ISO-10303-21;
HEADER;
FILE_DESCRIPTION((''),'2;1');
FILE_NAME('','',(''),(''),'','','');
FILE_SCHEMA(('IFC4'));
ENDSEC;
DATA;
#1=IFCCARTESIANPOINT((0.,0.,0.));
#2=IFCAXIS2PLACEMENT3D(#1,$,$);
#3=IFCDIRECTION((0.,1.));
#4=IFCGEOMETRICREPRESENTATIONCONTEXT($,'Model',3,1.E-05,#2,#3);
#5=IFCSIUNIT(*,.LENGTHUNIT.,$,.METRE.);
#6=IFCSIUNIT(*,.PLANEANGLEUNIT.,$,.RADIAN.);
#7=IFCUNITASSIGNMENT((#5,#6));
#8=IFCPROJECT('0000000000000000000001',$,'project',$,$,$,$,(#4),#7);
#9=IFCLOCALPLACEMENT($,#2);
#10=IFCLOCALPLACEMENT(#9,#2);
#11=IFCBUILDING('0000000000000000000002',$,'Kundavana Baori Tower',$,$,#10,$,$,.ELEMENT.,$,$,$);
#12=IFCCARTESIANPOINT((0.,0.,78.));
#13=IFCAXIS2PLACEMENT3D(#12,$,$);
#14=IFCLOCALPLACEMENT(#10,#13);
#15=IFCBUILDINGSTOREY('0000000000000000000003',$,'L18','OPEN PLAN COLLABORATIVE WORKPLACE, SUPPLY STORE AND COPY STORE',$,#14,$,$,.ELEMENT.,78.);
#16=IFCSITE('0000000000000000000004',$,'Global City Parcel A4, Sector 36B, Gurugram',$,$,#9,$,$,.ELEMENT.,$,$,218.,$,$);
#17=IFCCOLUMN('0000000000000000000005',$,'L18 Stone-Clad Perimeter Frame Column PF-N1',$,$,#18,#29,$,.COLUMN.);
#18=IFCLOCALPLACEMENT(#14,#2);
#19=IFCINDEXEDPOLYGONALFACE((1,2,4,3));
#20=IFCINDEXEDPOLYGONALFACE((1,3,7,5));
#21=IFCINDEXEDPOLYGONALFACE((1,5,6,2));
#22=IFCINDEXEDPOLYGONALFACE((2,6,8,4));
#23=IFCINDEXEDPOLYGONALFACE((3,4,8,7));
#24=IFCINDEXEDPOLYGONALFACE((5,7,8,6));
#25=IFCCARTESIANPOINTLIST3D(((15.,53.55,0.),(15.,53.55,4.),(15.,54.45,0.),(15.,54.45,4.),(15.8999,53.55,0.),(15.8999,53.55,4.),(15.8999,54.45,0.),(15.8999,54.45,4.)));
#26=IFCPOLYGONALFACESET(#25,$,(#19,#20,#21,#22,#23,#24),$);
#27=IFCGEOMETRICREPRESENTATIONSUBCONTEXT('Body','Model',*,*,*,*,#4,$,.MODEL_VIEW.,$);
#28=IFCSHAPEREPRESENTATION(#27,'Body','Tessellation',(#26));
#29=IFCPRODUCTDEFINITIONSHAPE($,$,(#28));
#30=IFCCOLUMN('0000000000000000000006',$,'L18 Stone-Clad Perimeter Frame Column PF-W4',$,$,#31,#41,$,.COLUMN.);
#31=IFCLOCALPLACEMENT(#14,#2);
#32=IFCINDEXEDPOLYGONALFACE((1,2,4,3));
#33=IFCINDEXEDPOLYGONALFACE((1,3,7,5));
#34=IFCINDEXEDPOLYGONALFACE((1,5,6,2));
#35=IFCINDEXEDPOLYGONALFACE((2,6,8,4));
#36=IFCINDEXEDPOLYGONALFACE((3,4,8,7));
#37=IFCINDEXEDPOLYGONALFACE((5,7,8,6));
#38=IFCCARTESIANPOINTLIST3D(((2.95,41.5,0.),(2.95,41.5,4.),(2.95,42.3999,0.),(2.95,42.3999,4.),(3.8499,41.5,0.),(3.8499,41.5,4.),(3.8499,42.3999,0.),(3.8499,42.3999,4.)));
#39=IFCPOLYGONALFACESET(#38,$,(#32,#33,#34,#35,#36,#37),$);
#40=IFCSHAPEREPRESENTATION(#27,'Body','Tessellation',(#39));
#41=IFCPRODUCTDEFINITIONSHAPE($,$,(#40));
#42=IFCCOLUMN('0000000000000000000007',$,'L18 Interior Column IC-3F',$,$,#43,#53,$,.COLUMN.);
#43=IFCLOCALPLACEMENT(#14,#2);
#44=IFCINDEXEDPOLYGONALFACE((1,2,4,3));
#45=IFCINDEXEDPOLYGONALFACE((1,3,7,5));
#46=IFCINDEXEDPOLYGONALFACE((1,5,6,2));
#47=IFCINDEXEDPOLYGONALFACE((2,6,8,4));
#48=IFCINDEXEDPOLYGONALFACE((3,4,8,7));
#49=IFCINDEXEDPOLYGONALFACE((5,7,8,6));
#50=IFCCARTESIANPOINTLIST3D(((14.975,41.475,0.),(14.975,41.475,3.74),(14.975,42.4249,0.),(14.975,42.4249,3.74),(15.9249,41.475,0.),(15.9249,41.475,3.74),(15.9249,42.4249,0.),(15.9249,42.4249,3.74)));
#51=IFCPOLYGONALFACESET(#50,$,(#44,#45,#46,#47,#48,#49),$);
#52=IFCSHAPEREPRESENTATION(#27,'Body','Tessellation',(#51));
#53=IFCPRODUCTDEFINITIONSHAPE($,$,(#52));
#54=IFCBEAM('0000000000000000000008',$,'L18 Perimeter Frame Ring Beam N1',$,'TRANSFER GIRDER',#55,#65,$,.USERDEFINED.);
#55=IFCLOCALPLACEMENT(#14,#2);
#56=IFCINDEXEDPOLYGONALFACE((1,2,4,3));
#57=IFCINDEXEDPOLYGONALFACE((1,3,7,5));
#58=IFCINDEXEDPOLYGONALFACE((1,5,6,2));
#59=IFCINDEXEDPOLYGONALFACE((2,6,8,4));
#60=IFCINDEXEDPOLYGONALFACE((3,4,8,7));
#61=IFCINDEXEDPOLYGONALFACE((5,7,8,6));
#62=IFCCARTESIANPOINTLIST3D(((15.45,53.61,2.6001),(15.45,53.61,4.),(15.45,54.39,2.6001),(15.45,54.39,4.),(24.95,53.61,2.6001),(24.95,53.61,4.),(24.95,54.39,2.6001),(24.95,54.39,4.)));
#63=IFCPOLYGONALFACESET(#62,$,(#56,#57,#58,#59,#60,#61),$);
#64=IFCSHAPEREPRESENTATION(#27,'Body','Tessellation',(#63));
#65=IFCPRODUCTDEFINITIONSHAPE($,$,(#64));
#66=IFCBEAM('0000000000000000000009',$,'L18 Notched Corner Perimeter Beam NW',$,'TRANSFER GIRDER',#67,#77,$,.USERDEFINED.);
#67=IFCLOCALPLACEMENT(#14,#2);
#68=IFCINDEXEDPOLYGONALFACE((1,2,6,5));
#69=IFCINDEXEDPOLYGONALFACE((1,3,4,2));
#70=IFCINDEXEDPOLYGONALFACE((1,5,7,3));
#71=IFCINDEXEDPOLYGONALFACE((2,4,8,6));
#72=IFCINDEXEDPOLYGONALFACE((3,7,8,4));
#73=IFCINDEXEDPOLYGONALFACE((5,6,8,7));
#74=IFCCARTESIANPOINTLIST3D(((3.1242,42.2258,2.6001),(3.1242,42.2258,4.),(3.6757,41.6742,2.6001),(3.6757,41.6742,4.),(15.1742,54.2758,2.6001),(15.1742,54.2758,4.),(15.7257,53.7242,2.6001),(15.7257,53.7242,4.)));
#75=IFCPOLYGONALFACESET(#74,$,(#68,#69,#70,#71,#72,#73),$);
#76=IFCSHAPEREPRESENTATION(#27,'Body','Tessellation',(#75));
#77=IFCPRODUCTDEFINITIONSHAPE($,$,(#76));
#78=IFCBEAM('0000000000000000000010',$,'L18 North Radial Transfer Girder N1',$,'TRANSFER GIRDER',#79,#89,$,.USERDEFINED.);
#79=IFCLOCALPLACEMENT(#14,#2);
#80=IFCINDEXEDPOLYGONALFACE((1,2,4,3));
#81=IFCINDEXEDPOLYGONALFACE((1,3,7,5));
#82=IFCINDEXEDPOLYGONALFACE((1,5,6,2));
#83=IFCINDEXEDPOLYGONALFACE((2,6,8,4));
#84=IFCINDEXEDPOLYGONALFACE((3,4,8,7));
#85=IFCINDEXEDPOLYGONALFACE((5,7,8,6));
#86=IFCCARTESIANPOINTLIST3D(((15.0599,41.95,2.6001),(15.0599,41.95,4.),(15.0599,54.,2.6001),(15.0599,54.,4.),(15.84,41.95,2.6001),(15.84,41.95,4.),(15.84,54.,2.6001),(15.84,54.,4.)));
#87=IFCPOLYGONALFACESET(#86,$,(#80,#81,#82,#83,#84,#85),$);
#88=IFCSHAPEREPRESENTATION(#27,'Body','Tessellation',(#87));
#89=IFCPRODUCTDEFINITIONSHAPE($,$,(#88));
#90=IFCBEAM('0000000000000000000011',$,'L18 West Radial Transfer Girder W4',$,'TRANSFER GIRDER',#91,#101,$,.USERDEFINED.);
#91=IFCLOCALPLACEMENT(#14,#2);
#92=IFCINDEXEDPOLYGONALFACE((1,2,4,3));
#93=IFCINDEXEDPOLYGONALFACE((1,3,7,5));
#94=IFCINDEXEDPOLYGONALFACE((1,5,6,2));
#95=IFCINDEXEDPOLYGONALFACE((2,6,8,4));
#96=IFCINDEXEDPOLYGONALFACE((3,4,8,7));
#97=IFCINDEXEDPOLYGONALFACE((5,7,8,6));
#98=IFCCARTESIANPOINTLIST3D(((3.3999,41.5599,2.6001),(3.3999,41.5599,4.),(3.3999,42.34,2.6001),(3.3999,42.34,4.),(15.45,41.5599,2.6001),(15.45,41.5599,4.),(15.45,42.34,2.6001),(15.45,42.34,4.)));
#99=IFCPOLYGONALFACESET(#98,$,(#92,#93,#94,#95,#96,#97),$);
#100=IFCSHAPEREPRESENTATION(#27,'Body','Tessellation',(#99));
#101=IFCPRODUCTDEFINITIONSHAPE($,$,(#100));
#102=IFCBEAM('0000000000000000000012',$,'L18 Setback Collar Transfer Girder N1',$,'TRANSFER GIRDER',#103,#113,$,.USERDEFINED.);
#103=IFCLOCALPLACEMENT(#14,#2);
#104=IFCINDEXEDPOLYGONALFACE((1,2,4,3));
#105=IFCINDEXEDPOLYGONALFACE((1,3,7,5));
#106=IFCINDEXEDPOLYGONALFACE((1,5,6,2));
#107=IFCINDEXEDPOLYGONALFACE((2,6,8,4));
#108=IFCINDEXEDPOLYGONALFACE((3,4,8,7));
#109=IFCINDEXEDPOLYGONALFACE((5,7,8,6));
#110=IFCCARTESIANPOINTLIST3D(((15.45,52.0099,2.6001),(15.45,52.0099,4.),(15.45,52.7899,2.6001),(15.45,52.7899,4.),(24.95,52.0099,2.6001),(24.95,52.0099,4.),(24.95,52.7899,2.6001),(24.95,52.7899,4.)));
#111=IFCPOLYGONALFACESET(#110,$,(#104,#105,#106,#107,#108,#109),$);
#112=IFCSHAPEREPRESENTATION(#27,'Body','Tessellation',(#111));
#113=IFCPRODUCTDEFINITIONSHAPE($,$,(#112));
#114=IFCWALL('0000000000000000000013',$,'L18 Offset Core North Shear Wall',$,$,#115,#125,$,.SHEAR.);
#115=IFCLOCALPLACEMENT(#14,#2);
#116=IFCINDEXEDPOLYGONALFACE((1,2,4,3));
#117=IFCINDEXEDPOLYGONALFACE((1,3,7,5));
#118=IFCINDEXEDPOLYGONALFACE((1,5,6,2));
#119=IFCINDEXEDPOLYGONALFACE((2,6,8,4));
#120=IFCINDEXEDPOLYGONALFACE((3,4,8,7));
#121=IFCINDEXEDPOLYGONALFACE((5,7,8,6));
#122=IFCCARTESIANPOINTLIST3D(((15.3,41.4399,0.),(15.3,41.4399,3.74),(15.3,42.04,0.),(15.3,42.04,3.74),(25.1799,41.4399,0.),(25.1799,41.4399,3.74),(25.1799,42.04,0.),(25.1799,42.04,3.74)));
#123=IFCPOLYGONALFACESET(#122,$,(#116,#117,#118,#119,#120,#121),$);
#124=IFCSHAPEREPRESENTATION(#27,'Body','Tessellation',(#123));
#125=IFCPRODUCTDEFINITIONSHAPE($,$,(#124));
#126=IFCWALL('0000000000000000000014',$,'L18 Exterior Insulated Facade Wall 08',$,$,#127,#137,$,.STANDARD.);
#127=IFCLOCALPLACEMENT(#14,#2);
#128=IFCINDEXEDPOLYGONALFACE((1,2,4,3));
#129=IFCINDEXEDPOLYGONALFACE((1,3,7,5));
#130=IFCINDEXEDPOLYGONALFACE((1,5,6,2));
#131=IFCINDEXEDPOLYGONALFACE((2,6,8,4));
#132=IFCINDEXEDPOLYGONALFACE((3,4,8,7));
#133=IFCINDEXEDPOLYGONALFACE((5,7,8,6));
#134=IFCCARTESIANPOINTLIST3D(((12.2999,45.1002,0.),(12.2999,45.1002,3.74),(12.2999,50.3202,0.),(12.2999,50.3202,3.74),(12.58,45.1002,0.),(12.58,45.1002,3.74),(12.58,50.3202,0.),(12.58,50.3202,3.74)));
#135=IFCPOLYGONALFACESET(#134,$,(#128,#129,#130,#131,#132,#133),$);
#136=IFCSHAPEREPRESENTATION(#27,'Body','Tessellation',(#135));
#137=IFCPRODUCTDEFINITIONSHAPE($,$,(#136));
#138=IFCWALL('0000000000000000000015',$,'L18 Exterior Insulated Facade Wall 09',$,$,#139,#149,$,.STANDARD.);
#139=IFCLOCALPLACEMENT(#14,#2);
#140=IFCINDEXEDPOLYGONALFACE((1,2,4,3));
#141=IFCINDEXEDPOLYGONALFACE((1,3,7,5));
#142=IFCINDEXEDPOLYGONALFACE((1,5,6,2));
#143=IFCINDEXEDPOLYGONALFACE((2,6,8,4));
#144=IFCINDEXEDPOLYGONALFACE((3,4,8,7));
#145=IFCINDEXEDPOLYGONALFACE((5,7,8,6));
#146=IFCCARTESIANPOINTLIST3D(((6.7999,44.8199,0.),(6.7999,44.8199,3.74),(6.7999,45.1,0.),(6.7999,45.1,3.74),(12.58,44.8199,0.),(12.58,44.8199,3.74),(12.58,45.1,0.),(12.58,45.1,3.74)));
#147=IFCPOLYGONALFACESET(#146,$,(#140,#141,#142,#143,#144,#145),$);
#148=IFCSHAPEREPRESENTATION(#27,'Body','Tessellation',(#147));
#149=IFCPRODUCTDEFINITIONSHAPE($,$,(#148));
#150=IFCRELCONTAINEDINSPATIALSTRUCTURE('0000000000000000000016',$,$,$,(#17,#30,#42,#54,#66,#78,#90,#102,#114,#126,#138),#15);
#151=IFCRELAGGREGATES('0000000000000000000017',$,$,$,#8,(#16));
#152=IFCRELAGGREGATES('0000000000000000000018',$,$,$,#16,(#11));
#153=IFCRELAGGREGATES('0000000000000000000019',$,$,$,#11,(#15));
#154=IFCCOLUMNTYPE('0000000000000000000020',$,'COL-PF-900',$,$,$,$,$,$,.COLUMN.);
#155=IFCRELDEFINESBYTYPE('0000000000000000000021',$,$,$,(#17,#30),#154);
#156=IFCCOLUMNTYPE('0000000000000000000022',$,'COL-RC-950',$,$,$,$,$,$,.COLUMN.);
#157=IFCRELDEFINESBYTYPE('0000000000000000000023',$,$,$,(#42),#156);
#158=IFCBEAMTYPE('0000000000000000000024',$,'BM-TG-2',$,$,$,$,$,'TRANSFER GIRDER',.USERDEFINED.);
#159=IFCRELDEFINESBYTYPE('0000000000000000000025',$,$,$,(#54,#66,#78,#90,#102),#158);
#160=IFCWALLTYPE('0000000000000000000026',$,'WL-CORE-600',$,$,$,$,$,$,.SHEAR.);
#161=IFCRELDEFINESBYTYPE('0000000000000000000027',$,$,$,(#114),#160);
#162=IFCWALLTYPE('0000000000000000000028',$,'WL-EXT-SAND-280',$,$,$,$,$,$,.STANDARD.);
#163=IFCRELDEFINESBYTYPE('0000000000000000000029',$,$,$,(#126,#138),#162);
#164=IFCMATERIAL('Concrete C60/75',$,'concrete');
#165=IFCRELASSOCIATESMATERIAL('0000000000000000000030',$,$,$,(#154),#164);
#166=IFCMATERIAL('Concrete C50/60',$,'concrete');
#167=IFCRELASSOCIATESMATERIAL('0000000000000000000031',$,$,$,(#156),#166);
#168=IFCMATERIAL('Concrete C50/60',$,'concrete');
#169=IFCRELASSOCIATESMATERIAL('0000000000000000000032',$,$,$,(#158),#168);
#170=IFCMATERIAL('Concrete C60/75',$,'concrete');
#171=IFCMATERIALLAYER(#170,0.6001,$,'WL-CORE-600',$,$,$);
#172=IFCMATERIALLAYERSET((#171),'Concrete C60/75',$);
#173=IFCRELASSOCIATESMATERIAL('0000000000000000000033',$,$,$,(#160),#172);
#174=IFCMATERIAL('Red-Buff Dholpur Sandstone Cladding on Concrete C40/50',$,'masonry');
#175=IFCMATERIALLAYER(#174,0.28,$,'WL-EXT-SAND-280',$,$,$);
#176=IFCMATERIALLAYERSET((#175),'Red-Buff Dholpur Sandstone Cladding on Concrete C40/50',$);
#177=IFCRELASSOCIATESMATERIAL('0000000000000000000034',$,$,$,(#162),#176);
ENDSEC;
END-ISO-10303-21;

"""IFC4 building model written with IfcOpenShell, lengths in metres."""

from ifc_helpers import new_model, si_unit, direction, frame, frame_2d, origin, origin_2d, place, context, subcontext, project, spatial, rectangle, extrude, material, layer, layer_set, material_profile, profile_set, type_object, element, save


model = new_model("IFC4")

# Units and contexts
model_context = context("Model", 3, precision=1e-05, world=origin(), true_north=direction((0.0, 1.0)))
body_context = subcontext(model_context, "Body", "Model", "MODEL_VIEW")
ifc_project = project(units=[si_unit("LENGTHUNIT", "METRE"), si_unit("PLANEANGLEUNIT", "RADIAN")], contexts=[model_context])

# Site, building, storey
site_placement = place(None, origin())
site = spatial("IfcSite", under=ifc_project, at=site_placement, Name="Global City Parcel A4, Sector 36B, Gurugram", CompositionType="ELEMENT", RefElevation=218.0)
building_placement = place(site_placement, origin())
building = spatial("IfcBuilding", under=site, at=building_placement, Name="Kundavana Baori Tower", CompositionType="ELEMENT")
storey_placement = place(building_placement, frame((0.0, 0.0, 78.0)))
storey = spatial("IfcBuildingStorey", under=building, at=storey_placement, Name="L18", Description="OPEN PLAN COLLABORATIVE WORKPLACE, SUPPLY STORE AND COPY STORE", CompositionType="ELEMENT", Elevation=78.0)

# Columns
ifc_material_1 = material(Name="Concrete C60/75", Category="concrete")
ifc_material_profile_1 = material_profile(ifc_material_1, rectangle(XDim=0.8999, YDim=0.8999, at=origin_2d()), Name="RC PF 900x900")
ifc_profile_set_1 = profile_set([ifc_material_profile_1], Name="Concrete C60/75")
column_type_1 = type_object("IfcColumnType", Name="COL-PF-900", PredefinedType="COLUMN", material=ifc_profile_set_1)
for number, where, z_axis, x_axis, name in (
    (1, (15.45, 54.0, 0.0), (0.0, 0.0, 1.0), (1.0, 0.0, 0.0), "L18 Stone-Clad Perimeter Frame Column PF-N1"),
    (2, (3.3999, 41.95, 0.0), (0.0, 0.0, 1.0), (1.0, 0.0, 0.0), "L18 Stone-Clad Perimeter Frame Column PF-W4"),
):
    element("IfcColumn", number, at=place(storey_placement, frame(where, z_axis=z_axis, x_axis=x_axis)), inside=storey, type_object=column_type_1, Name=name, PredefinedType="COLUMN", context=body_context, shape_type="SweptSolid", body=[
        extrude(rectangle(XDim=0.8999, YDim=0.8999, at=origin_2d()), origin(), (0.0, 0.0, 1.0), 4.0),
    ])
ifc_material_2 = material(Name="Concrete C50/60", Category="concrete")
ifc_material_profile_2 = material_profile(ifc_material_2, rectangle(XDim=0.95, YDim=0.95, at=origin_2d()), Name="RC 950x950")
ifc_profile_set_2 = profile_set([ifc_material_profile_2], Name="Concrete C50/60")
column_type_2 = type_object("IfcColumnType", Name="COL-RC-950", PredefinedType="COLUMN", material=ifc_profile_set_2)
column_placement = place(storey_placement, frame((15.45, 41.95, 0.0), z_axis=(0.0, 0.0, 1.0), x_axis=(1.0, 0.0, 0.0)))
element("IfcColumn", 3, at=column_placement, inside=storey, type_object=column_type_2, Name="L18 Interior Column IC-3F", PredefinedType="COLUMN", context=body_context, shape_type="SweptSolid", body=[
    extrude(rectangle(XDim=0.95, YDim=0.95, at=origin_2d()), origin(), (0.0, 0.0, 1.0), 3.74),
])

# Beams
ifc_material_3 = material(Name="Concrete C50/60", Category="concrete")
ifc_material_profile_3 = material_profile(ifc_material_3, rectangle(XDim=0.78, YDim=1.3999, at=origin_2d()), Name="BM-TG-2")
ifc_profile_set_3 = profile_set([ifc_material_profile_3], Name="Concrete C50/60")
beam_type = type_object("IfcBeamType", Name="BM-TG-2", ElementType="TRANSFER GIRDER", PredefinedType="USERDEFINED", material=ifc_profile_set_3)
beam_1_placement = place(storey_placement, frame((15.45, 54.0, 3.3), z_axis=(1.0, 0.0, 0.0), x_axis=(0.0, 1.0, 0.0)))
element("IfcBeam", 4, at=beam_1_placement, inside=storey, type_object=beam_type, Name="L18 Perimeter Frame Ring Beam N1", ObjectType="TRANSFER GIRDER", PredefinedType="USERDEFINED", context=body_context, shape_type="SweptSolid", body=[
    extrude(rectangle(XDim=0.78, YDim=1.3999, at=origin_2d()), origin(), (0.0, 0.0, 1.0), 9.5),
])
beam_2_placement = place(storey_placement, frame((15.45, 54.0, 3.3), z_axis=(-0.707107, -0.707107, 0.0), x_axis=(0.707107, -0.707107, 0.0)))
element("IfcBeam", 5, at=beam_2_placement, inside=storey, type_object=beam_type, Name="L18 Notched Corner Perimeter Beam NW", ObjectType="TRANSFER GIRDER", PredefinedType="USERDEFINED", context=body_context, shape_type="SweptSolid", body=[
    extrude(rectangle(XDim=0.78, YDim=1.3999, at=origin_2d()), origin(), (0.0, 0.0, 1.0), 17.0413),
])
for number, where, z_axis, x_axis, name in (
    (6, (15.45, 41.95, 3.3), (0.0, 1.0, 0.0), (-1.0, 0.0, 0.0), "L18 North Radial Transfer Girder N1"),
    (7, (15.45, 41.95, 3.3), (-1.0, 0.0, 0.0), (0.0, -1.0, 0.0), "L18 West Radial Transfer Girder W4"),
):
    element("IfcBeam", number, at=place(storey_placement, frame(where, z_axis=z_axis, x_axis=x_axis)), inside=storey, type_object=beam_type, Name=name, ObjectType="TRANSFER GIRDER", PredefinedType="USERDEFINED", context=body_context, shape_type="SweptSolid", body=[
        extrude(rectangle(XDim=0.78, YDim=1.3999, at=origin_2d()), origin(), (0.0, 0.0, 1.0), 12.05),
    ])
beam_3_placement = place(storey_placement, frame((15.45, 52.3999, 3.3), z_axis=(1.0, 0.0, 0.0), x_axis=(0.0, 1.0, 0.0)))
element("IfcBeam", 8, at=beam_3_placement, inside=storey, type_object=beam_type, Name="L18 Setback Collar Transfer Girder N1", ObjectType="TRANSFER GIRDER", PredefinedType="USERDEFINED", context=body_context, shape_type="SweptSolid", body=[
    extrude(rectangle(XDim=0.78, YDim=1.3999, at=origin_2d()), origin(), (0.0, 0.0, 1.0), 9.5),
])

# Walls
ifc_material_4 = material(Name="Concrete C60/75", Category="concrete")
ifc_layer_1 = layer(ifc_material_4, 0.6001, Name="WL-CORE-600")
ifc_layer_set_1 = layer_set([ifc_layer_1], Name="Concrete C60/75")
wall_type_1 = type_object("IfcWallType", Name="WL-CORE-600", PredefinedType="SHEAR", material=ifc_layer_set_1)
wall_1_placement = place(storey_placement, frame((15.3, 41.74, 0.0), z_axis=(0.0, 0.0, 1.0), x_axis=(1.0, 0.0, 0.0)))
element("IfcWall", 9, at=wall_1_placement, inside=storey, type_object=wall_type_1, Name="L18 Offset Core North Shear Wall", PredefinedType="SHEAR", context=body_context, shape_type="SweptSolid", body=[
    extrude(rectangle(XDim=9.8799, YDim=0.6001, at=frame_2d((4.9399, 0.0))), origin(), (0.0, 0.0, 1.0), 3.74),
])
ifc_material_5 = material(Name="Red-Buff Dholpur Sandstone Cladding on Concrete C40/50", Category="masonry")
ifc_layer_2 = layer(ifc_material_5, 0.28, Name="WL-EXT-SAND-280")
ifc_layer_set_2 = layer_set([ifc_layer_2], Name="Red-Buff Dholpur Sandstone Cladding on Concrete C40/50")
wall_type_2 = type_object("IfcWallType", Name="WL-EXT-SAND-280", PredefinedType="STANDARD", material=ifc_layer_set_2)
wall_2_placement = place(storey_placement, frame((12.4399, 50.3201, 0.0), z_axis=(0.0, 0.0, 1.0), x_axis=(0.0, -1.0, 0.0)))
element("IfcWall", 10, at=wall_2_placement, inside=storey, type_object=wall_type_2, Name="L18 Exterior Insulated Facade Wall 08", PredefinedType="STANDARD", context=body_context, shape_type="SweptSolid", body=[
    extrude(rectangle(XDim=5.22, YDim=0.28, at=frame_2d((2.6099, 0.0))), origin(), (0.0, 0.0, 1.0), 3.74),
])
wall_3_placement = place(storey_placement, frame((12.5801, 44.96, 0.0), z_axis=(0.0, 0.0, 1.0), x_axis=(-1.0, 0.0, 0.0)))
element("IfcWall", 11, at=wall_3_placement, inside=storey, type_object=wall_type_2, Name="L18 Exterior Insulated Facade Wall 09", PredefinedType="STANDARD", context=body_context, shape_type="SweptSolid", body=[
    extrude(rectangle(XDim=5.78, YDim=0.28, at=frame_2d((2.8901, 0.0))), origin(), (0.0, 0.0, 1.0), 3.74),
])

save(model, "model.ifc")
